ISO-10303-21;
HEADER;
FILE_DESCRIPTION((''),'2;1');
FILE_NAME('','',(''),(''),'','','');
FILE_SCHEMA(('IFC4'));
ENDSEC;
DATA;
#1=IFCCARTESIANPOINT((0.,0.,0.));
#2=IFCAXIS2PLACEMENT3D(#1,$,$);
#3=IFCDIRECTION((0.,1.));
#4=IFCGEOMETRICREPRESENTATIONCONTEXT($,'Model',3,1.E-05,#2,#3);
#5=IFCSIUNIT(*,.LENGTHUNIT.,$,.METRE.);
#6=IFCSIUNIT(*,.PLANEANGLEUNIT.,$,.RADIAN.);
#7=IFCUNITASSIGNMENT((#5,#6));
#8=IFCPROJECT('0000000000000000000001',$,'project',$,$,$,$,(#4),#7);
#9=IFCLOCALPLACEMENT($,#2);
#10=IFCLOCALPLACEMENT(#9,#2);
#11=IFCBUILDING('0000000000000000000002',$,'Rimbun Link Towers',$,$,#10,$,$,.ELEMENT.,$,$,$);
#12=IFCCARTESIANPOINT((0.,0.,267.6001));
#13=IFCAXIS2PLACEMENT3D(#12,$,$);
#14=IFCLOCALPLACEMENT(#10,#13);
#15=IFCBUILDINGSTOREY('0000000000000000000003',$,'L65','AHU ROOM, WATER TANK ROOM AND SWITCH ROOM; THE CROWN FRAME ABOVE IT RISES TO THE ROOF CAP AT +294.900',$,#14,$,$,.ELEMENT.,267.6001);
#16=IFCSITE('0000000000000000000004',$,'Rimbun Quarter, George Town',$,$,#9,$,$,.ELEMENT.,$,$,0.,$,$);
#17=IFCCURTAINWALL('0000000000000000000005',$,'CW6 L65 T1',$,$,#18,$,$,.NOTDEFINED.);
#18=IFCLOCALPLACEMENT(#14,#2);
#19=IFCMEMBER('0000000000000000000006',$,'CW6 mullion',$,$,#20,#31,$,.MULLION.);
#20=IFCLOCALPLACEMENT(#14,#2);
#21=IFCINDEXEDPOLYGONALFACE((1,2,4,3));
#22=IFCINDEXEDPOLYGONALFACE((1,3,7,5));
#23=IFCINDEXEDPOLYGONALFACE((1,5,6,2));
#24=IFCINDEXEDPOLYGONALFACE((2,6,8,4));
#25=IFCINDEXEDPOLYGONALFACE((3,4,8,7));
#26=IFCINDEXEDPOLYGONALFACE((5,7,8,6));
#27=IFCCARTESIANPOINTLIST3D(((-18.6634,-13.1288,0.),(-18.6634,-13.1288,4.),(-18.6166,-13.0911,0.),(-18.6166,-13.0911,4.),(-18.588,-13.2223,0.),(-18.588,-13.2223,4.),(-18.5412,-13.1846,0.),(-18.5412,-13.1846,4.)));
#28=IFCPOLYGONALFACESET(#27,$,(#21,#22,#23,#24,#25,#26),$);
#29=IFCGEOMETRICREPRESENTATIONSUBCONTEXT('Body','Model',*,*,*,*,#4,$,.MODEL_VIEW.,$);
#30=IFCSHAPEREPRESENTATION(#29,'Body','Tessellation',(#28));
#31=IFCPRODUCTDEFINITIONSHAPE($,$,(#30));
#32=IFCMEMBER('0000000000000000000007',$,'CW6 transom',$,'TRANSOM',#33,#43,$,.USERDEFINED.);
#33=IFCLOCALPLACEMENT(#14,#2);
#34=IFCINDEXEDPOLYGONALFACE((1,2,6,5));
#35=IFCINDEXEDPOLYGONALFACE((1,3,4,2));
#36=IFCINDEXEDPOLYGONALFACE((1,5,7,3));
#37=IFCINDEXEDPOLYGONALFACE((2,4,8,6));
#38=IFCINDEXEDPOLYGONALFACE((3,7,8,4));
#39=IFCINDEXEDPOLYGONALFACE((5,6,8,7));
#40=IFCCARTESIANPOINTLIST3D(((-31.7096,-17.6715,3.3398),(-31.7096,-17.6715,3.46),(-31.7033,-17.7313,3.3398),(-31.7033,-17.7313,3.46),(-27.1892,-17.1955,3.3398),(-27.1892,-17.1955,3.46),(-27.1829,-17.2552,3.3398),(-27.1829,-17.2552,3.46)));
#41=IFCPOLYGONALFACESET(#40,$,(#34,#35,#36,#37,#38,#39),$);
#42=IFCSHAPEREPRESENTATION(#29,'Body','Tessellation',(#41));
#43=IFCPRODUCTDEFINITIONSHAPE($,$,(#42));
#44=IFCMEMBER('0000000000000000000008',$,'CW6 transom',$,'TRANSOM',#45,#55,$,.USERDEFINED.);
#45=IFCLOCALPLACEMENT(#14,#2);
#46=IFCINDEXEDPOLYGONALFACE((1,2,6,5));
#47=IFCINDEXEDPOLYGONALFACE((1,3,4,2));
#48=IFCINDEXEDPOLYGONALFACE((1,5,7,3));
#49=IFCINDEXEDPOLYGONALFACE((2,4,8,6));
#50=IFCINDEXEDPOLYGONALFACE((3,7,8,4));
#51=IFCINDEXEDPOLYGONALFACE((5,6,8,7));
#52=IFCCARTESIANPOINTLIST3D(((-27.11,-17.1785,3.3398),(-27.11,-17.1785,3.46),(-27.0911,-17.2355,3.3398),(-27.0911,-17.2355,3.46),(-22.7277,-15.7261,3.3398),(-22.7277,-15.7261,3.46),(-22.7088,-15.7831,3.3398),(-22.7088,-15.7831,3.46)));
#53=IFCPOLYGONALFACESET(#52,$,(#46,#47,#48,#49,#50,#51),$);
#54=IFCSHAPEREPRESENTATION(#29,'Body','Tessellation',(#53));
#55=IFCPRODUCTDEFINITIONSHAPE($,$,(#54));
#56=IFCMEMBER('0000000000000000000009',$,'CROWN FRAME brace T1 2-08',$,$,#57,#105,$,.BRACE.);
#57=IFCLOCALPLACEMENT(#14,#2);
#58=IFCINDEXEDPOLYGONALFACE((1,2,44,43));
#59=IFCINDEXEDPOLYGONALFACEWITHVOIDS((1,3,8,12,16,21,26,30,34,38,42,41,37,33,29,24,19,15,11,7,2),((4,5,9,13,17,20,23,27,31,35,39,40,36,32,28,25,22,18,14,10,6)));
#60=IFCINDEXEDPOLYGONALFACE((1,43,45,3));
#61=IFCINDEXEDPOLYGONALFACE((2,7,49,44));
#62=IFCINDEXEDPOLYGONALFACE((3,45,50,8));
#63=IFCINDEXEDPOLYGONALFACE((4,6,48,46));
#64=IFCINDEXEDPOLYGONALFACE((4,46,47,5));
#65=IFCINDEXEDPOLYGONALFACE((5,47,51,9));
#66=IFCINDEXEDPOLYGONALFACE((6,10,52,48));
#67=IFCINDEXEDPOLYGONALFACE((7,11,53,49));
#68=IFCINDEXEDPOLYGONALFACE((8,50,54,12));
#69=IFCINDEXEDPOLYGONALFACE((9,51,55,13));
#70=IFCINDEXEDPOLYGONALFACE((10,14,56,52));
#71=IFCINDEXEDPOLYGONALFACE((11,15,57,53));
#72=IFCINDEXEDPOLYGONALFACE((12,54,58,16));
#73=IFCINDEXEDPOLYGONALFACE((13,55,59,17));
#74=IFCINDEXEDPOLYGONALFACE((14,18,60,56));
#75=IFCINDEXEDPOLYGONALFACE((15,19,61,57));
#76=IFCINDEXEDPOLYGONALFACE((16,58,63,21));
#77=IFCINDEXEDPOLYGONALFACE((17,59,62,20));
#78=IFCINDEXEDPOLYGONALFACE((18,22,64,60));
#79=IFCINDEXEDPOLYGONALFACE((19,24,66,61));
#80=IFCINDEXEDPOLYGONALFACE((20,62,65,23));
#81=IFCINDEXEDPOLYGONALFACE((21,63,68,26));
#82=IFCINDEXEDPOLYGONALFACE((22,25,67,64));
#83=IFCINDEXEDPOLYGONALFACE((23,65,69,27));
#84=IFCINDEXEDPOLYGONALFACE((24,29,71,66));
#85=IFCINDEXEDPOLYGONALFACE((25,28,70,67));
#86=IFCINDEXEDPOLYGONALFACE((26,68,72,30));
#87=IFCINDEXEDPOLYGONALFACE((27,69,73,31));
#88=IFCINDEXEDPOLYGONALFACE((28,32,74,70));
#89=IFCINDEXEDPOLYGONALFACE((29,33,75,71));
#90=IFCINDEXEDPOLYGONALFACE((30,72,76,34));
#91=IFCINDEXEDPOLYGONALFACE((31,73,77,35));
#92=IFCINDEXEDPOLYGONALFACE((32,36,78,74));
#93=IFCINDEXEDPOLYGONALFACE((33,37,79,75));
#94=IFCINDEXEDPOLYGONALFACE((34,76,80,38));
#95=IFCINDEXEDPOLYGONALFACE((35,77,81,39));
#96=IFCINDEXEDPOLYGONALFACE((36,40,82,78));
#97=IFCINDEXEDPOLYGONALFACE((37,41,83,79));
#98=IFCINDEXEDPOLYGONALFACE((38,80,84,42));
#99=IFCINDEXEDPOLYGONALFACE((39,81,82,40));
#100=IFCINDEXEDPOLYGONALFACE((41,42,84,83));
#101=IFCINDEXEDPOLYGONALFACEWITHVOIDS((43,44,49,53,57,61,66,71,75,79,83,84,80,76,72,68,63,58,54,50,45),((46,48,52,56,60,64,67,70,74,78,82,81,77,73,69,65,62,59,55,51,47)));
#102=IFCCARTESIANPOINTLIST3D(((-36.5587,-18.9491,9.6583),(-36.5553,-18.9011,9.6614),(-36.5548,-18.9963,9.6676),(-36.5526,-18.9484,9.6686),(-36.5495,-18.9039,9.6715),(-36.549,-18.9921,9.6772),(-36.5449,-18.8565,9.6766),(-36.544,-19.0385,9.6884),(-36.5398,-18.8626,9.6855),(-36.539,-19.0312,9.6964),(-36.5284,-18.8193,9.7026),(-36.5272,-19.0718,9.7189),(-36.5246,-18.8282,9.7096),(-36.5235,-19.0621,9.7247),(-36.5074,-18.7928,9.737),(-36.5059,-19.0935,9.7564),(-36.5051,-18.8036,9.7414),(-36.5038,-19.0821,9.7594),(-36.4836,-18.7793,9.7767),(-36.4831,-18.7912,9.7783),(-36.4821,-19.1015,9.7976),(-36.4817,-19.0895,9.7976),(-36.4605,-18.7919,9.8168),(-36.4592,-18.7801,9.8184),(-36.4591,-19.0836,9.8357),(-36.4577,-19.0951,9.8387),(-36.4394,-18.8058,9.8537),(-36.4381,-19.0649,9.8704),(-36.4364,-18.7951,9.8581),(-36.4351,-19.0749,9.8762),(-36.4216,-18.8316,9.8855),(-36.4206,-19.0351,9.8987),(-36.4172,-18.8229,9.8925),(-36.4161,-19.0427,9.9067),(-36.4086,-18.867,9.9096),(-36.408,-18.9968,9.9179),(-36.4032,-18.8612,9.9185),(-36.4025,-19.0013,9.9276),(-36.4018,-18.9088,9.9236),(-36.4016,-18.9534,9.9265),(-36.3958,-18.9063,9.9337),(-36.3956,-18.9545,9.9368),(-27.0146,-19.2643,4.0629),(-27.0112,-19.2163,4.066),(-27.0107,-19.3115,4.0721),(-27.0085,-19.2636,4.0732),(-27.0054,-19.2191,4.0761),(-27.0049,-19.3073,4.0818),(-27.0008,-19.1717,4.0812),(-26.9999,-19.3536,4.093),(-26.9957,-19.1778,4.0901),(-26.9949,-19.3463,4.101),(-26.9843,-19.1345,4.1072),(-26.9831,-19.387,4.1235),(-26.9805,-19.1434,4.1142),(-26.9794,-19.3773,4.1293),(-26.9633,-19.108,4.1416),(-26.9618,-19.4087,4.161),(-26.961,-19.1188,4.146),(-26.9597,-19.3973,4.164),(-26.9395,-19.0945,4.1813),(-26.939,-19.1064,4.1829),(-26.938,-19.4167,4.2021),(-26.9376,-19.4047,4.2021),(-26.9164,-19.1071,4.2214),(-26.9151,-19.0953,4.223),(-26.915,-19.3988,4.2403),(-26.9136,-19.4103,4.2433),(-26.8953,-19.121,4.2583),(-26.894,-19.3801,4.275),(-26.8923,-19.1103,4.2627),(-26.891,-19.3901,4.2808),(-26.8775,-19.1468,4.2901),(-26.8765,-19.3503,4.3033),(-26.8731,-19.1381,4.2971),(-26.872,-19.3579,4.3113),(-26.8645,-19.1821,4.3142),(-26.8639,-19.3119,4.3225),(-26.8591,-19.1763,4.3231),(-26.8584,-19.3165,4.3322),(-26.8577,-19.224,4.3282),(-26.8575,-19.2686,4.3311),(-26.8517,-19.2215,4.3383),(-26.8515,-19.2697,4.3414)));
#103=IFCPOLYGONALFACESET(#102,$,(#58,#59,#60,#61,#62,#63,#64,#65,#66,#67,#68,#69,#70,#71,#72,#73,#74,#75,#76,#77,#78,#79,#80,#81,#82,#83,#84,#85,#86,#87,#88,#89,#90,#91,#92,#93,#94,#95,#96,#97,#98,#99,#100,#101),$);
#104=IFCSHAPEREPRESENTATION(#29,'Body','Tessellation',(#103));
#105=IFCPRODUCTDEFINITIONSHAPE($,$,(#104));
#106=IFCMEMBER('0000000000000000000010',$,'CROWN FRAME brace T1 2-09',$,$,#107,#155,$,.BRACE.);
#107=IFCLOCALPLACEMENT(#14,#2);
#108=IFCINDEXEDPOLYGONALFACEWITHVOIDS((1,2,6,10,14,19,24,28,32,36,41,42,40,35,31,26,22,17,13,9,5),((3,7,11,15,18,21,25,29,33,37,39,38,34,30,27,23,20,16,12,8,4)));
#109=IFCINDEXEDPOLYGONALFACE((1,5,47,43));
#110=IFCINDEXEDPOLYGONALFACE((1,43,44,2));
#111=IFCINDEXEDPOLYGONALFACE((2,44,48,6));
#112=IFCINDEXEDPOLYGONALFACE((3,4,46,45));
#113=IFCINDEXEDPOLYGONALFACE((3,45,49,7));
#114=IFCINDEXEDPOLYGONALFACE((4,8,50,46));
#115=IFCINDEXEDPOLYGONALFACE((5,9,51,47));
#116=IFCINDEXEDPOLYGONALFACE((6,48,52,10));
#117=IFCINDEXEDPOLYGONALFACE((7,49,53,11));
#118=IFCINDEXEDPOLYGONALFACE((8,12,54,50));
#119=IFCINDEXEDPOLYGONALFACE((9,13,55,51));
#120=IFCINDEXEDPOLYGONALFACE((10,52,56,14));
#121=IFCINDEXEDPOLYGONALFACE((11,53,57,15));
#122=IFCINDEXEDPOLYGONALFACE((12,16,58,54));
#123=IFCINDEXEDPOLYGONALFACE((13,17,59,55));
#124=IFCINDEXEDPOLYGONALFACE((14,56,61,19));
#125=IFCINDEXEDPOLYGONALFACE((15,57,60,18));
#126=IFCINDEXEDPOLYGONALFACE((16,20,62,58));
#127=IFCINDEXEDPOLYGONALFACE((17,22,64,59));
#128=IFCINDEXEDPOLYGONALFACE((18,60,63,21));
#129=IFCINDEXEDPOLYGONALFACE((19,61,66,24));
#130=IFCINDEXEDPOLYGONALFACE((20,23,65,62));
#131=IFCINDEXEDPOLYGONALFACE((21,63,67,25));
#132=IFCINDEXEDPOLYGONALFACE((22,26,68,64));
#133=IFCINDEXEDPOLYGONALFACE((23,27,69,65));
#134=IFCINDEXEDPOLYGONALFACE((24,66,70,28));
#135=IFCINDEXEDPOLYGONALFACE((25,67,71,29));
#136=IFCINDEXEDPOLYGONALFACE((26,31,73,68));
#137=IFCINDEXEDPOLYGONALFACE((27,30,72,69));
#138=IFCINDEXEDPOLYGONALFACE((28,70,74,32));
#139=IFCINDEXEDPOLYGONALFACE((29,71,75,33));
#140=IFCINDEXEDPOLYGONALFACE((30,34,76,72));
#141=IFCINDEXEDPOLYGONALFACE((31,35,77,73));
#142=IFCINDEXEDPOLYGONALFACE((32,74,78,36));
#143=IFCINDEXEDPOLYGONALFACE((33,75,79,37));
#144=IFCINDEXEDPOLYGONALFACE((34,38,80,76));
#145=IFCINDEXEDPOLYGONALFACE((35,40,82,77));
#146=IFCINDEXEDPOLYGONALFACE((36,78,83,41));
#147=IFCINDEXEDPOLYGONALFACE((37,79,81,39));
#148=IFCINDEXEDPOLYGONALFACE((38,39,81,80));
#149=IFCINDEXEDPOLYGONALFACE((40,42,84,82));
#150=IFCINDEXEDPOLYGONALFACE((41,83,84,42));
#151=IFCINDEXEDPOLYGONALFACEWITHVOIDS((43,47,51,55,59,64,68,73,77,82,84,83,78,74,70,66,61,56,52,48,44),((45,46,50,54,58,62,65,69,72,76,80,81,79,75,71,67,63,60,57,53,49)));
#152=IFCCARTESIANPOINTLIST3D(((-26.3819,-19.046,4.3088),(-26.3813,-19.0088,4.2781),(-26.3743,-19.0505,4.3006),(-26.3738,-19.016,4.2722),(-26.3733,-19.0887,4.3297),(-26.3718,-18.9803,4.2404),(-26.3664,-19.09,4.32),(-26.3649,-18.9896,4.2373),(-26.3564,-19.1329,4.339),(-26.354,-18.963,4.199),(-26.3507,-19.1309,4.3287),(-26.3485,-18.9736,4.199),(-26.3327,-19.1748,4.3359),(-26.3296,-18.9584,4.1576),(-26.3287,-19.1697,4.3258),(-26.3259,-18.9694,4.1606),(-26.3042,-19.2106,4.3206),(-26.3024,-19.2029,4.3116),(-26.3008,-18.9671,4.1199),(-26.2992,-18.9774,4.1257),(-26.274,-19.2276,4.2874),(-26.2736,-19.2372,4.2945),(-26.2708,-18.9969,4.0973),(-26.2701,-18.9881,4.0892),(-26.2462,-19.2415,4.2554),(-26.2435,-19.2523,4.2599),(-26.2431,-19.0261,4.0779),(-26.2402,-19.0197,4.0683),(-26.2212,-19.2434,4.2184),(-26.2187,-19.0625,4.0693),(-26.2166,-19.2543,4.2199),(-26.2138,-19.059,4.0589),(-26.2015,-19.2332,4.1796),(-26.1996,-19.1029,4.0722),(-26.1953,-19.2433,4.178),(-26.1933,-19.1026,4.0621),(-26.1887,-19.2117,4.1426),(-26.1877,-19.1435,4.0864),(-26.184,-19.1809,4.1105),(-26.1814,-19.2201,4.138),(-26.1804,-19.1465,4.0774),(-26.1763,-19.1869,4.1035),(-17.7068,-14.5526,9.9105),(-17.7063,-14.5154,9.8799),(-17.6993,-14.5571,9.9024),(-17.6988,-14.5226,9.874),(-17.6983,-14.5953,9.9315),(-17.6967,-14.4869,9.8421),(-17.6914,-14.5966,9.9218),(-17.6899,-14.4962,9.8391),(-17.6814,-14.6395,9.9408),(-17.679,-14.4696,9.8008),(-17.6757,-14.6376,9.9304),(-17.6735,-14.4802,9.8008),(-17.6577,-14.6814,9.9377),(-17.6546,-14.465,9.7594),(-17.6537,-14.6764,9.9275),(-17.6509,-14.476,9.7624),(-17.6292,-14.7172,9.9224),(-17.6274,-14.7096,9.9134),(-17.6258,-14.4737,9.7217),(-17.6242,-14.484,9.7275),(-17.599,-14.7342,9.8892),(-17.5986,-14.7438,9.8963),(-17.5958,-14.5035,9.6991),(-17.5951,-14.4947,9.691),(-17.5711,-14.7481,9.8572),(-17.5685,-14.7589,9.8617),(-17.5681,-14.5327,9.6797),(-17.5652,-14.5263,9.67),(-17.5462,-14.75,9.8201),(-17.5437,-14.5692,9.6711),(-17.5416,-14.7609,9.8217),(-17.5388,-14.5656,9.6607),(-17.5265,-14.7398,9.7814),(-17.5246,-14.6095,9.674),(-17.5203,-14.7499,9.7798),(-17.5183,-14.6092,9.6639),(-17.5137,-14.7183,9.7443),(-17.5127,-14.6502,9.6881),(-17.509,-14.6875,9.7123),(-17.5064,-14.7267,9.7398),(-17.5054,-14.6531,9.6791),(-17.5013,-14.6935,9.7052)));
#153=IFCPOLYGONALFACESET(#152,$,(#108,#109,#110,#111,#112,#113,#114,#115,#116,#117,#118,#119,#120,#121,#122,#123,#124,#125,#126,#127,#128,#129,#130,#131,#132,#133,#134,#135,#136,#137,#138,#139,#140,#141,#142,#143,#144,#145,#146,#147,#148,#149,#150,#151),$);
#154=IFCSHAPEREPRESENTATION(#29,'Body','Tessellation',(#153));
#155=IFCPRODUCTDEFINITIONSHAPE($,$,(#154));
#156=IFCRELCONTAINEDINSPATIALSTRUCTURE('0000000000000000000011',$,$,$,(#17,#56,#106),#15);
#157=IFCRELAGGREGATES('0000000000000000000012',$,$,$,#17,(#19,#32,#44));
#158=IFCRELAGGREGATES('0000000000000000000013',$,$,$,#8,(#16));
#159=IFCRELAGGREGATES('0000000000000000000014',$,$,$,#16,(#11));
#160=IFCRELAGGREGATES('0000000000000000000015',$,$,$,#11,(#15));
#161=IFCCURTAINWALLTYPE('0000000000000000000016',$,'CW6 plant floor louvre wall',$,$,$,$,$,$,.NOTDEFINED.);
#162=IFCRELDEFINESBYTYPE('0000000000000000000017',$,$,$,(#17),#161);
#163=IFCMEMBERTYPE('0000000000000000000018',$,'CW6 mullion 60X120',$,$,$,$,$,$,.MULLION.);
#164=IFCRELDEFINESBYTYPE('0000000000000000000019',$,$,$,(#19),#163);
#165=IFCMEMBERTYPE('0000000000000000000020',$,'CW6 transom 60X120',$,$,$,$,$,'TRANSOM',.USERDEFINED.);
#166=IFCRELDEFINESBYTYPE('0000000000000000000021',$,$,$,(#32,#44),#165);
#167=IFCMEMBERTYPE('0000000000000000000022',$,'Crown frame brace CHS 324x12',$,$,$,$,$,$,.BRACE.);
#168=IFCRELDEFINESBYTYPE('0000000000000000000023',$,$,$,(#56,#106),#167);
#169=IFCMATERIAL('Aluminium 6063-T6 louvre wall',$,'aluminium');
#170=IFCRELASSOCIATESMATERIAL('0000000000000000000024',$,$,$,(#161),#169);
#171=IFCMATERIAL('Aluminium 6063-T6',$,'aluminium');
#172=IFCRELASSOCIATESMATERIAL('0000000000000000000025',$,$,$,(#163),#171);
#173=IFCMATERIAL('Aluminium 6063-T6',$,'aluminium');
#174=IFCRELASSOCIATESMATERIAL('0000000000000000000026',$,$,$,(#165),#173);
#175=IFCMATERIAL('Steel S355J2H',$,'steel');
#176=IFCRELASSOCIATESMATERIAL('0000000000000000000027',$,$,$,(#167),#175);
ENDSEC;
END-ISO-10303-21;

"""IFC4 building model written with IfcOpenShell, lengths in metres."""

from ifc_helpers import new_model, si_unit, direction, frame, origin, origin_2d, place, context, subcontext, project, spatial, rectangle, hollow_circle, extrude, material, material_profile, profile_set, type_object, element, aggregate, save


model = new_model("IFC4")

# Units and contexts
model_context = context("Model", 3, precision=1e-05, world=origin(), true_north=direction((0.0, 1.0)))
body_context = subcontext(model_context, "Body", "Model", "MODEL_VIEW")
ifc_project = project(units=[si_unit("LENGTHUNIT", "METRE"), si_unit("PLANEANGLEUNIT", "RADIAN")], contexts=[model_context])

# Site, building, storey
site_placement = place(None, origin())
site = spatial("IfcSite", under=ifc_project, at=site_placement, Name="Rimbun Quarter, George Town", CompositionType="ELEMENT", RefElevation=0.0)
building_placement = place(site_placement, origin())
building = spatial("IfcBuilding", under=site, at=building_placement, Name="Rimbun Link Towers", CompositionType="ELEMENT")
storey_placement = place(building_placement, frame((0.0, 0.0, 267.6001)))
storey = spatial("IfcBuildingStorey", under=building, at=storey_placement, Name="L65", Description="AHU ROOM, WATER TANK ROOM AND SWITCH ROOM; THE CROWN FRAME ABOVE IT RISES TO THE ROOF CAP AT +294.900", CompositionType="ELEMENT", Elevation=267.6001)

# Curtain wall, members
ifc_material_1 = material(Name="Aluminium 6063-T6 louvre wall", Category="aluminium")
curtain_wall_type = type_object("IfcCurtainWallType", Name="CW6 plant floor louvre wall", PredefinedType="NOTDEFINED", material=ifc_material_1)
curtain_wall_placement = place(storey_placement, origin())
curtain_wall = element("IfcCurtainWall", 1, at=curtain_wall_placement, inside=storey, type_object=curtain_wall_type, Name="CW6 L65 T1", PredefinedType="NOTDEFINED")
ifc_material_2 = material(Name="Aluminium 6063-T6", Category="aluminium")
ifc_material_profile_1 = material_profile(ifc_material_2, rectangle(XDim=0.1201, YDim=0.0601, at=origin_2d()), Name="MULLION 60X120")
ifc_profile_set_1 = profile_set([ifc_material_profile_1], Name="Aluminium 6063-T6")
member_type_1 = type_object("IfcMemberType", Name="CW6 mullion 60X120", PredefinedType="MULLION", material=ifc_profile_set_1)
member_1_placement = place(storey_placement, frame((-18.6023, -13.1567, 0.0), z_axis=(0.0, 0.0, 1.0), x_axis=(0.627674, -0.778476, 0.0)))
member_1 = element("IfcMember", 2, at=member_1_placement, type_object=member_type_1, Name="CW6 mullion", PredefinedType="MULLION", context=body_context, shape_type="SweptSolid", body=[
    extrude(rectangle(XDim=0.1201, YDim=0.0601, at=origin_2d()), origin(), (0.0, 0.0, 1.0), 4.0),
])
ifc_material_3 = material(Name="Aluminium 6063-T6", Category="aluminium")
ifc_material_profile_2 = material_profile(ifc_material_3, rectangle(XDim=0.0601, YDim=0.1201, at=origin_2d()), Name="TRANSOM 60X120")
ifc_profile_set_2 = profile_set([ifc_material_profile_2], Name="Aluminium 6063-T6")
member_type_2 = type_object("IfcMemberType", Name="CW6 transom 60X120", ElementType="TRANSOM", PredefinedType="USERDEFINED", material=ifc_profile_set_2)
member_2_placement = place(storey_placement, frame((-27.186, -17.2253, 3.3999), z_axis=(-0.9945, -0.104735, 0.0), x_axis=(0.104735, -0.9945, 0.0)))
member_2 = element("IfcMember", 3, at=member_2_placement, type_object=member_type_2, Name="CW6 transom", ObjectType="TRANSOM", PredefinedType="USERDEFINED", context=body_context, shape_type="SweptSolid", body=[
    extrude(rectangle(XDim=0.0601, YDim=0.1201, at=origin_2d()), origin(), (0.0, 0.0, 1.0), 4.5454),
])
member_3_placement = place(storey_placement, frame((-22.7183, -15.7546, 3.3999), z_axis=(-0.949227, -0.314593, 0.0), x_axis=(0.314593, -0.949227, 0.0)))
member_3 = element("IfcMember", 4, at=member_3_placement, type_object=member_type_2, Name="CW6 transom", ObjectType="TRANSOM", PredefinedType="USERDEFINED", context=body_context, shape_type="SweptSolid", body=[
    extrude(rectangle(XDim=0.0601, YDim=0.1201, at=origin_2d()), origin(), (0.0, 0.0, 1.0), 4.6167),
])
aggregate(curtain_wall, [member_1, member_2, member_3])

# Members
ifc_material_4 = material(Name="Steel S355J2H", Category="steel")
ifc_material_profile_3 = material_profile(ifc_material_4, hollow_circle(Radius=0.1619, WallThickness=0.012, at=origin_2d()), Name="Crown frame brace CHS 324x12")
ifc_profile_set_3 = profile_set([ifc_material_profile_3], Name="Steel S355J2H")
member_type_3 = type_object("IfcMemberType", Name="Crown frame brace CHS 324x12", PredefinedType="BRACE", material=ifc_profile_set_3)
member_4_placement = place(storey_placement, frame((-26.9326, -19.2549, 4.2021), z_axis=(-0.862325, 0.028477, 0.505554), x_axis=(-0.033006, -0.999455, 0.0)))
element("IfcMember", 5, at=member_4_placement, inside=storey, type_object=member_type_3, Name="CROWN FRAME brace T1 2-08", PredefinedType="BRACE", context=body_context, shape_type="SweptSolid", body=[
    extrude(hollow_circle(Radius=0.1619, WallThickness=0.012, at=origin_2d()), origin(), (0.0, 0.0, 1.0), 11.0679),
])
member_5_placement = place(storey_placement, frame((-26.2795, -19.1067, 4.199), z_axis=(0.77031, 0.398997, 0.497418), x_axis=(-0.459933, 0.887954, 0.0)))
element("IfcMember", 6, at=member_5_placement, inside=storey, type_object=member_type_3, Name="CROWN FRAME brace T1 2-09", PredefinedType="BRACE", context=body_context, shape_type="SweptSolid", body=[
    extrude(hollow_circle(Radius=0.1619, WallThickness=0.012, at=origin_2d()), origin(), (0.0, 0.0, 1.0), 11.2617),
])

save(model, "model.ifc")
